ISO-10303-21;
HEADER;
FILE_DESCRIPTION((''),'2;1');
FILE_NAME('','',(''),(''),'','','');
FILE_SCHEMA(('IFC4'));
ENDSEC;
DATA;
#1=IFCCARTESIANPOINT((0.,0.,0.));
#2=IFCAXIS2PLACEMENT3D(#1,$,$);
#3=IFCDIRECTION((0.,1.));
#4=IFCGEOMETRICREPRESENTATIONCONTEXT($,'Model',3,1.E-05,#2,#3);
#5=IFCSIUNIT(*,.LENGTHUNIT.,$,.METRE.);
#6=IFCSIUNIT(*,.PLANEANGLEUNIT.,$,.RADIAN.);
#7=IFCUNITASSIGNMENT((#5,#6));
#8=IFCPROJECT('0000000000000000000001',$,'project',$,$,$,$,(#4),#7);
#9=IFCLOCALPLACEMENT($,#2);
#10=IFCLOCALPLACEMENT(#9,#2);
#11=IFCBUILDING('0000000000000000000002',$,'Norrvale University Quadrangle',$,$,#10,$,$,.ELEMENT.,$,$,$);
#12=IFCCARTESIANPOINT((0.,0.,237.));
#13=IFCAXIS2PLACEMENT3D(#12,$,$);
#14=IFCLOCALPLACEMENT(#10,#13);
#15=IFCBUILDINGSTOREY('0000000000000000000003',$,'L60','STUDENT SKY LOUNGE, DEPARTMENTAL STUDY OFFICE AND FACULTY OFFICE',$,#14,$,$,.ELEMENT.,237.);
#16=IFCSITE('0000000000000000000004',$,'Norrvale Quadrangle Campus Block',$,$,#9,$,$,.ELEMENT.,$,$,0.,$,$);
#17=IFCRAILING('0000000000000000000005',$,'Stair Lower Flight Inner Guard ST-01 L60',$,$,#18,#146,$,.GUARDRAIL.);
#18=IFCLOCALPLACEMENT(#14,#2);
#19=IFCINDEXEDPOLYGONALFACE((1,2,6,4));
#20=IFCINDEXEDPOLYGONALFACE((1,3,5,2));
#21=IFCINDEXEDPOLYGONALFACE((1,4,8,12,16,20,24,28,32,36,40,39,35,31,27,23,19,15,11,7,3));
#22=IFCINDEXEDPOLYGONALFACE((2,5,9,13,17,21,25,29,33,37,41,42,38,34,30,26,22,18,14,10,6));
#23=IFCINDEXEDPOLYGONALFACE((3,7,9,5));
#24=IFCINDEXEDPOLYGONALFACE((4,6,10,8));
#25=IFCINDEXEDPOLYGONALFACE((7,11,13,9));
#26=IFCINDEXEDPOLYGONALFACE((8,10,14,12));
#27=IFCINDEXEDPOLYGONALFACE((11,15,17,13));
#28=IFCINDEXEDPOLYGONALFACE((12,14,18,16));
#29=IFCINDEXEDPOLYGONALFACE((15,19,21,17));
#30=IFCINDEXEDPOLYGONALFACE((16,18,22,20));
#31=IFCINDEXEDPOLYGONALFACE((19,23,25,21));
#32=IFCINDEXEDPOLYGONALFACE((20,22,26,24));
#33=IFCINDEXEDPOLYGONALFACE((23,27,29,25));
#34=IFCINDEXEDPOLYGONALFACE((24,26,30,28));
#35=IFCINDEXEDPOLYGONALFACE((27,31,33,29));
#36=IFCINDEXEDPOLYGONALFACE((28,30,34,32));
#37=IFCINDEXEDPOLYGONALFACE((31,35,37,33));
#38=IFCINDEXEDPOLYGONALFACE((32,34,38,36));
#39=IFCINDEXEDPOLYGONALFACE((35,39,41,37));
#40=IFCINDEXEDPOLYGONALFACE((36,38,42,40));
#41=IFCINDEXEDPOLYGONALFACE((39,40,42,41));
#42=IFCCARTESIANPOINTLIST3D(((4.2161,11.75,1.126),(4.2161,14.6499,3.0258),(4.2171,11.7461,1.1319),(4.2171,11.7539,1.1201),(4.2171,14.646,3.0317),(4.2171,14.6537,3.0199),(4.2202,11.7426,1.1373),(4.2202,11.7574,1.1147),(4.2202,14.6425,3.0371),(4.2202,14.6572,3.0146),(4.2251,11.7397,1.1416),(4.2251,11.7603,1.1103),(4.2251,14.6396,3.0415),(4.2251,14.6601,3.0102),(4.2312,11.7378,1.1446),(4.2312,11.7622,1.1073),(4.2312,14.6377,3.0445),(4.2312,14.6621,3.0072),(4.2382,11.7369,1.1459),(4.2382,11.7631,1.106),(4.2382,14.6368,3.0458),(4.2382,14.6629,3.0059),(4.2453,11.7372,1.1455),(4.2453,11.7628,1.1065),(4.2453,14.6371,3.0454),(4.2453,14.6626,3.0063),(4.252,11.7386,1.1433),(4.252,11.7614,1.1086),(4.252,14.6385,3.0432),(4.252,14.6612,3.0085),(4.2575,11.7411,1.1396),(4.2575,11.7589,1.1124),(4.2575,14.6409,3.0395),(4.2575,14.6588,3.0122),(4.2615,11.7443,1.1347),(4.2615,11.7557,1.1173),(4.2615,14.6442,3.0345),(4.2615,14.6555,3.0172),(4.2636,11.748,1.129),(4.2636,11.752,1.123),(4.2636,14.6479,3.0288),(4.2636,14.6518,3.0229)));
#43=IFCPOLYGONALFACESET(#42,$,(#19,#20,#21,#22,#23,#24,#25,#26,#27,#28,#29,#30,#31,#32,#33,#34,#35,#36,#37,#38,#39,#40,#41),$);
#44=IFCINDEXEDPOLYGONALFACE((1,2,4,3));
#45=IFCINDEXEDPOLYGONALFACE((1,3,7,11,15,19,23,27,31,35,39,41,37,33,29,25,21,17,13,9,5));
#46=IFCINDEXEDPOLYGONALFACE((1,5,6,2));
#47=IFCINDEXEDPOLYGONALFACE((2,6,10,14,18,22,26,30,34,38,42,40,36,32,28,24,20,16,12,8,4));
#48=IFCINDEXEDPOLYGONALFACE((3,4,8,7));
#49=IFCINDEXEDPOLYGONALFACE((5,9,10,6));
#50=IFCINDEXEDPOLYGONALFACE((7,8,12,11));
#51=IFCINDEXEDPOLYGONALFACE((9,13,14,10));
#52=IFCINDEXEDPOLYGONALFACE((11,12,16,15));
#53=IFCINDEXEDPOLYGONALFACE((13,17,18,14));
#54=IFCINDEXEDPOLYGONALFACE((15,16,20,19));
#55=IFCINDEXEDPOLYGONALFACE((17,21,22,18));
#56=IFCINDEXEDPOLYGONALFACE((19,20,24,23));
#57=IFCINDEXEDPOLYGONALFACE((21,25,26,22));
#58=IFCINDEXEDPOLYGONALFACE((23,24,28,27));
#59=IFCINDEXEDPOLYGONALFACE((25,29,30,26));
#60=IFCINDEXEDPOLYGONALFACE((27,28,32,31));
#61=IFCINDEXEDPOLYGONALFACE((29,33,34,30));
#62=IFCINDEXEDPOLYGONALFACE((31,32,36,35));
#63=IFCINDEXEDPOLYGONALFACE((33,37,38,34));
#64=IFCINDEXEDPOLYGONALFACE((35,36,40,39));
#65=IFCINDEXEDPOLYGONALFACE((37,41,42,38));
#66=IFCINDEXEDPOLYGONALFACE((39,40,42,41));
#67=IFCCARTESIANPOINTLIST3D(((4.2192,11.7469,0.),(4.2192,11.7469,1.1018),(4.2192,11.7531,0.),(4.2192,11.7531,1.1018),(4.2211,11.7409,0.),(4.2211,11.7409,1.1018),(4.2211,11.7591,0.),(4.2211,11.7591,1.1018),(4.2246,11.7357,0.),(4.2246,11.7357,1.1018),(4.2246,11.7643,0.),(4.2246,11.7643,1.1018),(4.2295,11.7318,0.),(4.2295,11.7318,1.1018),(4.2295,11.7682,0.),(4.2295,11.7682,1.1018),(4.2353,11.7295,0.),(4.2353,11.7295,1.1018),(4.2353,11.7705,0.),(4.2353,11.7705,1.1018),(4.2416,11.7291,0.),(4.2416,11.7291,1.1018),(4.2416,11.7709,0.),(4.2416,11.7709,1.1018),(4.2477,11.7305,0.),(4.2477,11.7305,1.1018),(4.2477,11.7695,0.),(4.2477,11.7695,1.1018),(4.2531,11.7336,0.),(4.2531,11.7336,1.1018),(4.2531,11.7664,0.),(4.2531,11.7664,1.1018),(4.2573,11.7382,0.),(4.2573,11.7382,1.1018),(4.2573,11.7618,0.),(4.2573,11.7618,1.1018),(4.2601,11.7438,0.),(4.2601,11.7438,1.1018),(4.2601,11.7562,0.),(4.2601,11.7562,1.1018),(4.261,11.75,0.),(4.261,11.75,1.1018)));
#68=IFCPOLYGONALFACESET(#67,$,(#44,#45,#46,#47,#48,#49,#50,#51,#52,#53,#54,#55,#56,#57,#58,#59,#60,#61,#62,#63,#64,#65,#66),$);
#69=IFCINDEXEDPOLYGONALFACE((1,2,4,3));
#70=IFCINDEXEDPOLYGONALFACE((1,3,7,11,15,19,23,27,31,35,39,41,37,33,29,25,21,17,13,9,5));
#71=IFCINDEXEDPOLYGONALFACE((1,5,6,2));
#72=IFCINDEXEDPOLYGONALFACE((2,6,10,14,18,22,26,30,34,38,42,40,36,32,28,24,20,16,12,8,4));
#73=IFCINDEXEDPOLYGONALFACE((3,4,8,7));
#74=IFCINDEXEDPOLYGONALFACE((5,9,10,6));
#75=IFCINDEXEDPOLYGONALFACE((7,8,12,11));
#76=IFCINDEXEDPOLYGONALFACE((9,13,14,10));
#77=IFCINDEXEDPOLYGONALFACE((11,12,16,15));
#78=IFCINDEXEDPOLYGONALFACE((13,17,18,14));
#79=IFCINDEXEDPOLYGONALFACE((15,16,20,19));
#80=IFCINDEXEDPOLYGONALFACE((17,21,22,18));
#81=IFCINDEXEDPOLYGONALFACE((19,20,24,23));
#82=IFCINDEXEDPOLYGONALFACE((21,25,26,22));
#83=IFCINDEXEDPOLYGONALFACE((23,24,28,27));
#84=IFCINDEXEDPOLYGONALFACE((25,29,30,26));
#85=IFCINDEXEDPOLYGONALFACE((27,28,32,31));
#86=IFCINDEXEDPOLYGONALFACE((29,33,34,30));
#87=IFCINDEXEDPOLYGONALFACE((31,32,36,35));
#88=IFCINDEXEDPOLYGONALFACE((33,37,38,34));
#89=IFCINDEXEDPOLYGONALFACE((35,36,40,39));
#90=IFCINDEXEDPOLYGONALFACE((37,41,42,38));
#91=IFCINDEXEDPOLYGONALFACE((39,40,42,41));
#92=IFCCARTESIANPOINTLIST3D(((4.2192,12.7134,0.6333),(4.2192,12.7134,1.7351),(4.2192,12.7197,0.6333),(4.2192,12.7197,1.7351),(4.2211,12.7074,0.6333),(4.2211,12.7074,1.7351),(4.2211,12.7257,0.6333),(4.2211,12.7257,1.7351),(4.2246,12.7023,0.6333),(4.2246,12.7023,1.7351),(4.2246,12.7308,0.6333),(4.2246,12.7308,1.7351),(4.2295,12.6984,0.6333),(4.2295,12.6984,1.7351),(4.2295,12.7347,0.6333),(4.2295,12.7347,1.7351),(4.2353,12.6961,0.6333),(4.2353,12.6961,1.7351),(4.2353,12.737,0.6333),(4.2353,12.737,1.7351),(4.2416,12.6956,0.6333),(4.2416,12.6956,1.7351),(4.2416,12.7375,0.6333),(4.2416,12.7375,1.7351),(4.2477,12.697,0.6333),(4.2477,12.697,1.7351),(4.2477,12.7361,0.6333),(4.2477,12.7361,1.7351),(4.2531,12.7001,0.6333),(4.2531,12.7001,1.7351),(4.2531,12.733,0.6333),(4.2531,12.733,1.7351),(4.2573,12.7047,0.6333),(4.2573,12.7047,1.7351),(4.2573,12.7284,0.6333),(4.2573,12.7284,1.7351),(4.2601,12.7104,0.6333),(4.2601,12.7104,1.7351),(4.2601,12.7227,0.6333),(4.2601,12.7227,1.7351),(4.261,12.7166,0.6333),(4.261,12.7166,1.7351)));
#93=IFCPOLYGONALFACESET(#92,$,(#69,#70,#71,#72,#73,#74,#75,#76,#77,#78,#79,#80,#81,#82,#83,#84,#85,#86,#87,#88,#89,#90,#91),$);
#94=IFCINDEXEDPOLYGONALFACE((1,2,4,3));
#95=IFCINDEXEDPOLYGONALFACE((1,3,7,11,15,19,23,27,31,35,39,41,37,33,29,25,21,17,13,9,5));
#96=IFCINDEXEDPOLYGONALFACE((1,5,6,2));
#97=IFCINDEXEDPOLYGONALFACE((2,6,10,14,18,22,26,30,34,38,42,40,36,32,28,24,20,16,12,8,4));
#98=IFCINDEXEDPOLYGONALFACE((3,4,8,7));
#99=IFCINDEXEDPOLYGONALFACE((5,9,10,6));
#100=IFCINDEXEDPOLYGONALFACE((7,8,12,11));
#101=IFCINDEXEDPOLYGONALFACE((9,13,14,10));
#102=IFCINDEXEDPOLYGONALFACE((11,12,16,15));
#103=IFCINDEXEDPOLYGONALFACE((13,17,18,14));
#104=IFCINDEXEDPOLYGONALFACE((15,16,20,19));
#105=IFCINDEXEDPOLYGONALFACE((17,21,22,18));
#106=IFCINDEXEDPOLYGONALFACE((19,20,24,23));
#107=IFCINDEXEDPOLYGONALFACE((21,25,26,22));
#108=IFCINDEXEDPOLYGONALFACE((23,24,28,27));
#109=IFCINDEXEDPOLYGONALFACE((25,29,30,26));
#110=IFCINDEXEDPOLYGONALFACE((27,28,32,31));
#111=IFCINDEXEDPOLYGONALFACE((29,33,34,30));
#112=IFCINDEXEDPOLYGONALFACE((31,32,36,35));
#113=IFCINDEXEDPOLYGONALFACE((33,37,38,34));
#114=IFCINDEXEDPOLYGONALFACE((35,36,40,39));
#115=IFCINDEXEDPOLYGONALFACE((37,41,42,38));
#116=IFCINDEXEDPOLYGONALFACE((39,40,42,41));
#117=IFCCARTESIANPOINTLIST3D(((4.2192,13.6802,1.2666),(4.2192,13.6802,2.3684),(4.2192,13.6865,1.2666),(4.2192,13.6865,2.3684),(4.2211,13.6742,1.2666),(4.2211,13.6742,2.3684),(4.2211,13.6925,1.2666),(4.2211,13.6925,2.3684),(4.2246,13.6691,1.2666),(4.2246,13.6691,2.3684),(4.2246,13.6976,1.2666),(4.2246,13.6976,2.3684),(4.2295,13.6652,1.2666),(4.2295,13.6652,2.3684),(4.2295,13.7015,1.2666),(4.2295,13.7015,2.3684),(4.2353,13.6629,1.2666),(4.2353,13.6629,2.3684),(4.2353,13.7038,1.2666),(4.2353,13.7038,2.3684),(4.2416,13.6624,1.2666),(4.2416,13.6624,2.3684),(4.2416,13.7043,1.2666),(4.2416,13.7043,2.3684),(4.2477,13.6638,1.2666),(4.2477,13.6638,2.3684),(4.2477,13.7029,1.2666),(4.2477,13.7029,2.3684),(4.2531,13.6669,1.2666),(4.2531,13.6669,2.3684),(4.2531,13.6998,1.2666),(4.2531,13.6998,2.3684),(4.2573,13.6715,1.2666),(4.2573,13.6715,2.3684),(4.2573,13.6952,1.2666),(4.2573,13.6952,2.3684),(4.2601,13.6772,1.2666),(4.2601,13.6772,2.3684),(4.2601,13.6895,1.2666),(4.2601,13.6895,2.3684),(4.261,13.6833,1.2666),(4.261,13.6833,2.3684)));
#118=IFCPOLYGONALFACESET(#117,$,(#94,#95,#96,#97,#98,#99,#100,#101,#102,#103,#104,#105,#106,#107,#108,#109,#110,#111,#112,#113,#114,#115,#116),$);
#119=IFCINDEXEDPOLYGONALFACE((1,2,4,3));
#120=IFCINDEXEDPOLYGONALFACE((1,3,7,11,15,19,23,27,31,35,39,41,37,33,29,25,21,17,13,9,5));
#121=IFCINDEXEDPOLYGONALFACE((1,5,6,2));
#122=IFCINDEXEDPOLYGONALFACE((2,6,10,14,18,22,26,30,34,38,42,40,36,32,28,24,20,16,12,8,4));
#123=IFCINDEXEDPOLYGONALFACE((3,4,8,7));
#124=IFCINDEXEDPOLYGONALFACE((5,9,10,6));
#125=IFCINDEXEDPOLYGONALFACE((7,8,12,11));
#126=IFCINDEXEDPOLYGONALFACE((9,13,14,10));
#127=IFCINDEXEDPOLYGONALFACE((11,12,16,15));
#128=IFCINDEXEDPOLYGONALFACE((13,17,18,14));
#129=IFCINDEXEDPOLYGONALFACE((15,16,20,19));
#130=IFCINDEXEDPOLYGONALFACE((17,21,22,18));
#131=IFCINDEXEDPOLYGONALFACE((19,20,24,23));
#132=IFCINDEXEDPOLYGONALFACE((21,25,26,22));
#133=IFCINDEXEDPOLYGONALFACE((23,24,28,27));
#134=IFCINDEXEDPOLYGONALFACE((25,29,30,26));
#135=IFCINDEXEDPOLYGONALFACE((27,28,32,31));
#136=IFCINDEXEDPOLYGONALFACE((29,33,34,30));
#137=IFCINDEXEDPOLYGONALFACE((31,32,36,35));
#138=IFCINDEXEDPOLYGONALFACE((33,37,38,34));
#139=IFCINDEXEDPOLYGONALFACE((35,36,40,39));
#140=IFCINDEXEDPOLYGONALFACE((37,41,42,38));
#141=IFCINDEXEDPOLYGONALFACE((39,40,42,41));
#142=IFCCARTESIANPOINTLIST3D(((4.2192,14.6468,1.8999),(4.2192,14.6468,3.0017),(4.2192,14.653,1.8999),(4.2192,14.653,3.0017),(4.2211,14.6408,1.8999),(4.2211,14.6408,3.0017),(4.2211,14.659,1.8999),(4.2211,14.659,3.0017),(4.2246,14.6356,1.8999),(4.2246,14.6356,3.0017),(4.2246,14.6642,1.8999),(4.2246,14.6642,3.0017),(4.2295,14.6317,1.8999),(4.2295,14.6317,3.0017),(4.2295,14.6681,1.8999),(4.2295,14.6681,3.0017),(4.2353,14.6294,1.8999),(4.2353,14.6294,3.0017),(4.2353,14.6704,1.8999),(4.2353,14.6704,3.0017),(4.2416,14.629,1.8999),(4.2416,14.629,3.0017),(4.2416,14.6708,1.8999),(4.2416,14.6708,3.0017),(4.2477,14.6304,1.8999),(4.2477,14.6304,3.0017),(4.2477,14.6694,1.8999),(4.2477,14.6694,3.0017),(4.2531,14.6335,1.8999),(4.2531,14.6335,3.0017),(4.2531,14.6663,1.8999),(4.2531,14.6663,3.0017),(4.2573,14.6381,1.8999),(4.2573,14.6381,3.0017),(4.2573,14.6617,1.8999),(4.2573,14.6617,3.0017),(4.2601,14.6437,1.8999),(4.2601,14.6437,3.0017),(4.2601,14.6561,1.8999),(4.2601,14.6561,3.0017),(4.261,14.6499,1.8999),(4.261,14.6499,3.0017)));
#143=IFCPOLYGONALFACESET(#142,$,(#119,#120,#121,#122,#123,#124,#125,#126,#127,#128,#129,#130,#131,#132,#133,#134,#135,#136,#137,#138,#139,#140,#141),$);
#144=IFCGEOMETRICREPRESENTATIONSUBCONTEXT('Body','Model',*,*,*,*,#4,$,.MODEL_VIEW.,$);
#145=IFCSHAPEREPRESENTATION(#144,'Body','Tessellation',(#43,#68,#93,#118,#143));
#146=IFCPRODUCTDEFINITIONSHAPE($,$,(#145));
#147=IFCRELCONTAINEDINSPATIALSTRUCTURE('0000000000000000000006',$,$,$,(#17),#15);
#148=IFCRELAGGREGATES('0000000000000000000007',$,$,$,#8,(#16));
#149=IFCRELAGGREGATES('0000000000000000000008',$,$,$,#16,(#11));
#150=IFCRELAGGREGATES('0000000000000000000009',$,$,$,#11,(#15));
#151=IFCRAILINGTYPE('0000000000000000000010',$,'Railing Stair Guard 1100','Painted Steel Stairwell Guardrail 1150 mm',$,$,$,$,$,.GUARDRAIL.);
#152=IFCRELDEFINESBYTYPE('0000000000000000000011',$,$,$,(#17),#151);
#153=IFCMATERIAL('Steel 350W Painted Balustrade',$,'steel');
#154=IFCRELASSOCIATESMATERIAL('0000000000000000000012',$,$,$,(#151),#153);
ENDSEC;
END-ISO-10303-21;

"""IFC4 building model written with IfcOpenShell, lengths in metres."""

from ifc_helpers import new_model, si_unit, direction, frame, origin, origin_2d, place, context, subcontext, project, spatial, circle, extrude, material, type_object, element, save


model = new_model("IFC4")

# Units and contexts
model_context = context("Model", 3, precision=1e-05, world=origin(), true_north=direction((0.0, 1.0)))
body_context = subcontext(model_context, "Body", "Model", "MODEL_VIEW")
ifc_project = project(units=[si_unit("LENGTHUNIT", "METRE"), si_unit("PLANEANGLEUNIT", "RADIAN")], contexts=[model_context])

# Site, building, storey
site_placement = place(None, origin())
site = spatial("IfcSite", under=ifc_project, at=site_placement, Name="Norrvale Quadrangle Campus Block", CompositionType="ELEMENT", RefElevation=0.0)
building_placement = place(site_placement, origin())
building = spatial("IfcBuilding", under=site, at=building_placement, Name="Norrvale University Quadrangle", CompositionType="ELEMENT")
storey_placement = place(building_placement, frame((0.0, 0.0, 237.0)))
storey = spatial("IfcBuildingStorey", under=building, at=storey_placement, Name="L60", Description="STUDENT SKY LOUNGE, DEPARTMENTAL STUDY OFFICE AND FACULTY OFFICE", CompositionType="ELEMENT", Elevation=237.0)

# Railing
ifc_material_1 = material(Name="Steel 350W Painted Balustrade", Category="steel")
railing_type_1 = type_object("IfcRailingType", Name="Railing Stair Guard 1100", Description="Painted Steel Stairwell Guardrail 1150 mm", PredefinedType="GUARDRAIL", material=ifc_material_1)
railing_1_placement = place(storey_placement, frame((4.24, 11.75, 0.0)))
element("IfcRailing", 1, at=railing_1_placement, inside=storey, type_object=railing_type_1, Name="Stair Lower Flight Inner Guard ST-01 L60", PredefinedType="GUARDRAIL", context=body_context, shape_type="SweptSolid", body=[
    extrude(circle(Radius=0.0239, at=origin_2d()), frame((0.0, 0.0, 1.126), z_axis=(0.0, 0.836466, 0.548019), x_axis=(-1.0, 0.0, 0.0)), (0.0, 0.0, 1.0), 3.4668),
    extrude(circle(Radius=0.021, at=origin_2d()), origin(), (0.0, 0.0, 1.0), 1.1018),
    extrude(circle(Radius=0.021, at=origin_2d()), frame((0.0, 0.9666, 0.6333)), (0.0, 0.0, 1.0), 1.1018),
    extrude(circle(Radius=0.021, at=origin_2d()), frame((0.0, 1.9333, 1.2666)), (0.0, 0.0, 1.0), 1.1018),
    extrude(circle(Radius=0.021, at=origin_2d()), frame((0.0, 2.8999, 1.8999)), (0.0, 0.0, 1.0), 1.1018),
])

save(model, "model.ifc")
